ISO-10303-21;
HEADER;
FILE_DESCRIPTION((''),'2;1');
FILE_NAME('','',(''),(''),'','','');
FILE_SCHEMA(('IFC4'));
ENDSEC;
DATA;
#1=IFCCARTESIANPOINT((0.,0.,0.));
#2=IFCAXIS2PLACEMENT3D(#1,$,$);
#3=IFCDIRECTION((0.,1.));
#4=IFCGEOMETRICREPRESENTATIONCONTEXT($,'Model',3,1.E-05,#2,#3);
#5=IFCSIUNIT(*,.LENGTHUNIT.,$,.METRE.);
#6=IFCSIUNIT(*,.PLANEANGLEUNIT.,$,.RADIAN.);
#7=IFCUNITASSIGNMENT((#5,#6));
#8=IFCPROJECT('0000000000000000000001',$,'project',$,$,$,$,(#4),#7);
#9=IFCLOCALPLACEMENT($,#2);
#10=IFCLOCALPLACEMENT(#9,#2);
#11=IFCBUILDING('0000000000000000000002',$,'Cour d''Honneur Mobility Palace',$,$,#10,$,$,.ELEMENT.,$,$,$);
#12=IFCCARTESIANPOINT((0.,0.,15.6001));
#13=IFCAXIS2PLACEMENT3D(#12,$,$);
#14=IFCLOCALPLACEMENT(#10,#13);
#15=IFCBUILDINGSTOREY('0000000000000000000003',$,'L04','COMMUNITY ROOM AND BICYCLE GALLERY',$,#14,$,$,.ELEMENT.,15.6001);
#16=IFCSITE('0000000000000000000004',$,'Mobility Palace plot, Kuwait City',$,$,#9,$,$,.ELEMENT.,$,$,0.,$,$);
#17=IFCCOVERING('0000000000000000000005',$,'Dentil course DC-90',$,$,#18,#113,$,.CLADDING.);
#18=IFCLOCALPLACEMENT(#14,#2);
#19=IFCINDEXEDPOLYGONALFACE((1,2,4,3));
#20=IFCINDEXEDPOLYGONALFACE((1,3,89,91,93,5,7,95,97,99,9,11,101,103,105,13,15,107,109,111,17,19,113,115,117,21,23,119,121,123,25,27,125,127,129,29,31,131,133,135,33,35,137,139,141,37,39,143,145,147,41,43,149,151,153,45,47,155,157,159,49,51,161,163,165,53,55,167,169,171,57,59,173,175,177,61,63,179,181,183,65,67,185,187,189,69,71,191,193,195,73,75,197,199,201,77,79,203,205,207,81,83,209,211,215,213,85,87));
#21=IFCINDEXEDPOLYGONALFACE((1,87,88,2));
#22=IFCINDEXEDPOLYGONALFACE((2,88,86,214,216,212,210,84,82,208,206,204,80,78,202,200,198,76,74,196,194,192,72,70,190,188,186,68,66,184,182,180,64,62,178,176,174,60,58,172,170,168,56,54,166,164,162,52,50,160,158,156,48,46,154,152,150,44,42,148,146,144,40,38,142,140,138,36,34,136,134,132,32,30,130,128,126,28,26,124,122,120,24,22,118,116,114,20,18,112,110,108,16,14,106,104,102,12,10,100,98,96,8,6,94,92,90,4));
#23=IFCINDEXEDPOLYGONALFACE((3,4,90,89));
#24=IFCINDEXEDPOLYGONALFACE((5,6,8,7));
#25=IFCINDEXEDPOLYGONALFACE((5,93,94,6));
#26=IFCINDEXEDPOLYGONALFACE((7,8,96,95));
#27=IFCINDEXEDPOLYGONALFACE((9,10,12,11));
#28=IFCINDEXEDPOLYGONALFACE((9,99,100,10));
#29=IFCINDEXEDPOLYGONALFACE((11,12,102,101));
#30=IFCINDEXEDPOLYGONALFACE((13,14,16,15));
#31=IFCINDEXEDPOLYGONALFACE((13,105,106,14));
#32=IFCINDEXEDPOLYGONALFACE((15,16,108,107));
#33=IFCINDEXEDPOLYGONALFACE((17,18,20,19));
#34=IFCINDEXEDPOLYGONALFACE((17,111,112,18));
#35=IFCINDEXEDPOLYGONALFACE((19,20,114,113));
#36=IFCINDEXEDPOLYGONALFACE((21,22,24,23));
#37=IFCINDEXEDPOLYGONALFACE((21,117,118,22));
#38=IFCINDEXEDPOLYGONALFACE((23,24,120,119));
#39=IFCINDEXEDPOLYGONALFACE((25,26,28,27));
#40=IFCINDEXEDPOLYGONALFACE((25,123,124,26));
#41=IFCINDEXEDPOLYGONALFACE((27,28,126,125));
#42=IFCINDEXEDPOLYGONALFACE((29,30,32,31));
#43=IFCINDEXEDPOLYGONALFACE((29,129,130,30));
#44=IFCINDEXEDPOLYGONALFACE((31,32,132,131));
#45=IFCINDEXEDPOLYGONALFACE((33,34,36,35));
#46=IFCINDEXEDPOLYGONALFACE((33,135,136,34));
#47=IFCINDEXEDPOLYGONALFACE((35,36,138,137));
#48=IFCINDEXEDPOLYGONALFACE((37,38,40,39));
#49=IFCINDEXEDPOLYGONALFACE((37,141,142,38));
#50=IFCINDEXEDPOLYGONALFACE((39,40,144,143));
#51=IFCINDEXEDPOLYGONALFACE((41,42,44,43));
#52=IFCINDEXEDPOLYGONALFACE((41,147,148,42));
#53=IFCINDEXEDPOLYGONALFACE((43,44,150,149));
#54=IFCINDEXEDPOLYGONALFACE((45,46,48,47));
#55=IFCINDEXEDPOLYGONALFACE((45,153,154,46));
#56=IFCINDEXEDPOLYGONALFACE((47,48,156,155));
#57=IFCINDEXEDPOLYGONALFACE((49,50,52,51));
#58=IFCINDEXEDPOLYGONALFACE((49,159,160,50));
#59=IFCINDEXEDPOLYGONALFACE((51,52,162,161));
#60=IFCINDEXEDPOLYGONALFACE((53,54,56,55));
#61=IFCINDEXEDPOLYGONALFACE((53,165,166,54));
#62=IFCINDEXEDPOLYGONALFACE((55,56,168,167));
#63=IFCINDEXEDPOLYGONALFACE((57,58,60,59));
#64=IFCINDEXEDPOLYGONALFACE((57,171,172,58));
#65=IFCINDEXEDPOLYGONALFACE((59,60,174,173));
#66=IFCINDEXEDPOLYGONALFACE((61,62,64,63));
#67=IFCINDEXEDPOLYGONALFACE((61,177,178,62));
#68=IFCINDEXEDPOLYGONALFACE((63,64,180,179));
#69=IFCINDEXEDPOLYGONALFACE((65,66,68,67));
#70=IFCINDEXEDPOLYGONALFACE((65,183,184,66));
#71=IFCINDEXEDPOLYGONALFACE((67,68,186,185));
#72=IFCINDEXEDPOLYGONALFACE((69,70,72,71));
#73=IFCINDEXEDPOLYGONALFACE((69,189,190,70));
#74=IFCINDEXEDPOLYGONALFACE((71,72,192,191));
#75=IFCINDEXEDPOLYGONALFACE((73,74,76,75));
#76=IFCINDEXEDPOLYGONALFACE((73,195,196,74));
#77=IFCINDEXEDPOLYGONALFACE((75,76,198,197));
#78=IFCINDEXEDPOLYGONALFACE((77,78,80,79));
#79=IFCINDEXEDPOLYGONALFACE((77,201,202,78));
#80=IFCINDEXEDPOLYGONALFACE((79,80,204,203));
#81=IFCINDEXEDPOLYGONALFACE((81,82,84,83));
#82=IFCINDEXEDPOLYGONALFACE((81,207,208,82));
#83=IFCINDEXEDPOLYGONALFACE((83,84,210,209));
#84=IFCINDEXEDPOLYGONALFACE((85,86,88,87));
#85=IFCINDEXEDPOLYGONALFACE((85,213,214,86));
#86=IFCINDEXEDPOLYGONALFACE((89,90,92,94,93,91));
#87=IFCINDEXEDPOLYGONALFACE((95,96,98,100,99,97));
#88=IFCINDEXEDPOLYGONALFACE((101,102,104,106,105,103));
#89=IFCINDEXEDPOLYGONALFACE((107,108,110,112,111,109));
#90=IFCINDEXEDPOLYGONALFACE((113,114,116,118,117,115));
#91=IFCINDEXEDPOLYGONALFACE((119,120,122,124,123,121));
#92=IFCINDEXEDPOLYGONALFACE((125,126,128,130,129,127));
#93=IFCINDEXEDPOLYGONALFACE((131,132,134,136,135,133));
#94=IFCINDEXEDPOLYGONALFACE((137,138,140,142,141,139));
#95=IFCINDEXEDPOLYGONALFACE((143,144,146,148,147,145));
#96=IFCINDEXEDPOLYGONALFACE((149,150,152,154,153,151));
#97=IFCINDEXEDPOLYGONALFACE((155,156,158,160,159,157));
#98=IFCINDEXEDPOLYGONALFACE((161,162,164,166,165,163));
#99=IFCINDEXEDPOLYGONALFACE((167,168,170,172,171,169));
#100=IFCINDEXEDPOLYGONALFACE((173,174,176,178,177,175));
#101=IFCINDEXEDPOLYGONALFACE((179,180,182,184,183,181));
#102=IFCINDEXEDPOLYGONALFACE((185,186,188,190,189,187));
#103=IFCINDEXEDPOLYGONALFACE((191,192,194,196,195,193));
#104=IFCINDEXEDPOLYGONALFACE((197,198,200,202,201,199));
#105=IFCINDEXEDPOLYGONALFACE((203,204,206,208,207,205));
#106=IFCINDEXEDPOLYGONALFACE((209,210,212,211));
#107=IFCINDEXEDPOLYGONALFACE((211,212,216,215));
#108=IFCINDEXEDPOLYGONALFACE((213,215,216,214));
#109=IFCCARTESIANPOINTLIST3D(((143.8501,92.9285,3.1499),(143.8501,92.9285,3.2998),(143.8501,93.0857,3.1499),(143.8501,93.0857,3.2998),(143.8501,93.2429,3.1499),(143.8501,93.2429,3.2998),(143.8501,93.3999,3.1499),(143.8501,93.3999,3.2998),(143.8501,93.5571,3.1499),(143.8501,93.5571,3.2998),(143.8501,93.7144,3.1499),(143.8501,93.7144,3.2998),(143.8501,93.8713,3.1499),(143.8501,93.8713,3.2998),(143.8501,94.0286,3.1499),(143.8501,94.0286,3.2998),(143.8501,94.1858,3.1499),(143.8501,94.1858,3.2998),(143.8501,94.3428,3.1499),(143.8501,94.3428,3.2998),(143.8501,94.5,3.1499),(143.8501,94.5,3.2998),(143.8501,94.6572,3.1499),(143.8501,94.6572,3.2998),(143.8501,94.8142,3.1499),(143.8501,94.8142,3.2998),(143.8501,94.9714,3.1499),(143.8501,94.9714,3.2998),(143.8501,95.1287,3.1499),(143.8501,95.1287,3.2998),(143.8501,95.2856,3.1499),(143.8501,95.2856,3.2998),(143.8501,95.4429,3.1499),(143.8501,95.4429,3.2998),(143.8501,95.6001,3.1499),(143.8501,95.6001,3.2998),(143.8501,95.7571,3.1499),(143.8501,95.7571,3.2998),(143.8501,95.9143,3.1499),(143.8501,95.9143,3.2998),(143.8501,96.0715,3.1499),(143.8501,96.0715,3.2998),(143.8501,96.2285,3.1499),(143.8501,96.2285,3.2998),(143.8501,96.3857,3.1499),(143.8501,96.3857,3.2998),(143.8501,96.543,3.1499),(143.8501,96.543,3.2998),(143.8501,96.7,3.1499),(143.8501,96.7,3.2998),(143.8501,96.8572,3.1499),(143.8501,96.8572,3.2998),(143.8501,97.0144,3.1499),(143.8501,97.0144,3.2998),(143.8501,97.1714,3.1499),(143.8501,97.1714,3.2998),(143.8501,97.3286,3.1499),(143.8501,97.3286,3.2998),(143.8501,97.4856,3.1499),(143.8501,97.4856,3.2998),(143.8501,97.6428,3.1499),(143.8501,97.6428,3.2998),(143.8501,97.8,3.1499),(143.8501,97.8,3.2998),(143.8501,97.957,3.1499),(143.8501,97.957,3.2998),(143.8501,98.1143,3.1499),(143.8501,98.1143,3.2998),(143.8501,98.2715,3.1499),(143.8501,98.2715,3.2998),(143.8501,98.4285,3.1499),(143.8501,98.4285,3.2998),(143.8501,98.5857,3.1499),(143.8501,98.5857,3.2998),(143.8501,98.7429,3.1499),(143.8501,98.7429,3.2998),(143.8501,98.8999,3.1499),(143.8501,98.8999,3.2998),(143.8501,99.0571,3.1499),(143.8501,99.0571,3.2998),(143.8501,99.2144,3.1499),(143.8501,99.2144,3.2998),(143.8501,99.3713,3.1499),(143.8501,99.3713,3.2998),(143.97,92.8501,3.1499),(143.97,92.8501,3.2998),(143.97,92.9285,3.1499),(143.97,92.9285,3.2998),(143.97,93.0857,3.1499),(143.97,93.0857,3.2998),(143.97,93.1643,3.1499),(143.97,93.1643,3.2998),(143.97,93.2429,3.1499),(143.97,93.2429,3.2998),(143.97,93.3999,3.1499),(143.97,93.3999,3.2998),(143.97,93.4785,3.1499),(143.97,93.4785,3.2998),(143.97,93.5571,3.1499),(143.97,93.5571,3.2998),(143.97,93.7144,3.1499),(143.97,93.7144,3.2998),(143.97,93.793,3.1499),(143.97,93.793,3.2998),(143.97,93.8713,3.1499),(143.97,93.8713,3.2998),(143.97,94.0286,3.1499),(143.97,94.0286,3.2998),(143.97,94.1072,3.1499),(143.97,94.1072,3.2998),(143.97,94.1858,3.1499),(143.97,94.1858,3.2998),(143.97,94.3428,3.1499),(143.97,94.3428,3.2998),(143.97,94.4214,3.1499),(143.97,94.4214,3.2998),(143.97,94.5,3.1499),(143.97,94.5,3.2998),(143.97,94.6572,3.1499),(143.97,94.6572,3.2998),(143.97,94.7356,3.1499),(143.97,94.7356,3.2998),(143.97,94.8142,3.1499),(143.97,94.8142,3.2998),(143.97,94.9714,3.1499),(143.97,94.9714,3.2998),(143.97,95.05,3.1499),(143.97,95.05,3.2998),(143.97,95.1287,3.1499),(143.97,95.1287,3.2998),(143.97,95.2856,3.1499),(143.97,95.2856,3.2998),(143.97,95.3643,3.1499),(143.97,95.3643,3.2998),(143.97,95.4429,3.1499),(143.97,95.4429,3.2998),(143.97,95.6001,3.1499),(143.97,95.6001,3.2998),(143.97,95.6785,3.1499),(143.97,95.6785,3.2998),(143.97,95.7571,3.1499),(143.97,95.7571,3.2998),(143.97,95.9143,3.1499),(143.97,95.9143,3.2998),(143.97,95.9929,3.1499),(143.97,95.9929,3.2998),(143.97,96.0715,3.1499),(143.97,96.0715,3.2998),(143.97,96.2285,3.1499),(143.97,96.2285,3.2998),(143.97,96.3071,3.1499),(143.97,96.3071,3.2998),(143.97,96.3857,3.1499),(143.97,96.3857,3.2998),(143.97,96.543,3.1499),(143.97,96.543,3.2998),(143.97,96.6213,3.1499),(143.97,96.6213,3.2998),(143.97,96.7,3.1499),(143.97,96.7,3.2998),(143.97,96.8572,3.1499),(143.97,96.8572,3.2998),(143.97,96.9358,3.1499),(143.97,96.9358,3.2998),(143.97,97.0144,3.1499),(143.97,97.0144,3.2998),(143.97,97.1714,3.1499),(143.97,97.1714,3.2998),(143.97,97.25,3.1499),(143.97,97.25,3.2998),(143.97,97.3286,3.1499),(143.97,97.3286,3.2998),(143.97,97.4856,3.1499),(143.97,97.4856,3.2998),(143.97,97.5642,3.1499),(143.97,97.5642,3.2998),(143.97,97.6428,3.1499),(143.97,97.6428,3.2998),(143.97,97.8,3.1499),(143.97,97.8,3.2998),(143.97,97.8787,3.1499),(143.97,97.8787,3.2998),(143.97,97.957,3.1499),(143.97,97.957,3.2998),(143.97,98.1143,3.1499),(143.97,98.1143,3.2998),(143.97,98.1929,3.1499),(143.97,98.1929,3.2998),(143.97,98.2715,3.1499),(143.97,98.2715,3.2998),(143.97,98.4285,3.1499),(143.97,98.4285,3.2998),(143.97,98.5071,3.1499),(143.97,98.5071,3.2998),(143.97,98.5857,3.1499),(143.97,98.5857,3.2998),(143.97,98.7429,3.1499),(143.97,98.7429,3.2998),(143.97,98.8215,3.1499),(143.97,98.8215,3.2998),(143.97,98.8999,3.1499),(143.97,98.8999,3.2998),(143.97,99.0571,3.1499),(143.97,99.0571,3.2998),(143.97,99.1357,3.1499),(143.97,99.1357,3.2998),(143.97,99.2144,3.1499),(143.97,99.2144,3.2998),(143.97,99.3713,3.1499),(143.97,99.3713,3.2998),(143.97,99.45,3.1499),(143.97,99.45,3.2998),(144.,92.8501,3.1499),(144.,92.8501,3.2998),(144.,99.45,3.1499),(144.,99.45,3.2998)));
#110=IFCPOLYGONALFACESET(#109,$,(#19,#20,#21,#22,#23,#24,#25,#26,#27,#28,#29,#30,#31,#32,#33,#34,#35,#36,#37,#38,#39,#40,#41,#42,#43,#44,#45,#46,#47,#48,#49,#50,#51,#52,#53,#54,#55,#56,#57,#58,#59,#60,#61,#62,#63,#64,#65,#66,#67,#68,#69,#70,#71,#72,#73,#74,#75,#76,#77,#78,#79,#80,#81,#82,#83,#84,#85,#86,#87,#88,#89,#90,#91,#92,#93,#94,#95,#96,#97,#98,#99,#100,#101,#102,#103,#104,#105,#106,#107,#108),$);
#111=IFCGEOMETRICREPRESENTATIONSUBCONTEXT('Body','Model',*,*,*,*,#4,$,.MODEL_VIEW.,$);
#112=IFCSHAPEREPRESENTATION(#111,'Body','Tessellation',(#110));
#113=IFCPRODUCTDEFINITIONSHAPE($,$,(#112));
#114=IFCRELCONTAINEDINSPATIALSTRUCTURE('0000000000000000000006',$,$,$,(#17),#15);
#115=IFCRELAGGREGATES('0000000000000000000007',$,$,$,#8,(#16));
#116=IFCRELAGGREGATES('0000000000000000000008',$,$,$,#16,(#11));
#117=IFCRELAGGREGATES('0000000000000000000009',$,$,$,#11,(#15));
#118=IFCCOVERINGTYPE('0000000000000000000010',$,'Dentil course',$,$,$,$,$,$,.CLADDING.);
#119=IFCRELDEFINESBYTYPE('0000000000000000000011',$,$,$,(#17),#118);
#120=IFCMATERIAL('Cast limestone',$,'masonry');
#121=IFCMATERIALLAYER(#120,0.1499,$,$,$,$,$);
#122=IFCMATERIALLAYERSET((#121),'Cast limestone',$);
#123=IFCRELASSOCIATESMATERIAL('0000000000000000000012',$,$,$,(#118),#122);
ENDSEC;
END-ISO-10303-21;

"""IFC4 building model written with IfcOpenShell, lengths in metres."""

from ifc_helpers import new_model, si_unit, direction, frame, origin, place, context, subcontext, project, spatial, polyline, outline, extrude, material, layer, layer_set, type_object, element, save


model = new_model("IFC4")

# Units and contexts
model_context = context("Model", 3, precision=1e-05, world=origin(), true_north=direction((0.0, 1.0)))
body_context = subcontext(model_context, "Body", "Model", "MODEL_VIEW")
ifc_project = project(units=[si_unit("LENGTHUNIT", "METRE"), si_unit("PLANEANGLEUNIT", "RADIAN")], contexts=[model_context])

# Site, building, storey
site_placement = place(None, origin())
site = spatial("IfcSite", under=ifc_project, at=site_placement, Name="Mobility Palace plot, Kuwait City", CompositionType="ELEMENT", RefElevation=0.0)
building_placement = place(site_placement, origin())
building = spatial("IfcBuilding", under=site, at=building_placement, Name="Cour d'Honneur Mobility Palace", CompositionType="ELEMENT")
storey_placement = place(building_placement, frame((0.0, 0.0, 15.6001)))
storey = spatial("IfcBuildingStorey", under=building, at=storey_placement, Name="L04", Description="COMMUNITY ROOM AND BICYCLE GALLERY", CompositionType="ELEMENT", Elevation=15.6001)

# Covering
ifc_material = material(Name="Cast limestone", Category="masonry")
ifc_layer = layer(ifc_material, 0.1499)
ifc_layer_set = layer_set([ifc_layer], Name="Cast limestone")
covering_type = type_object("IfcCoveringType", Name="Dentil course", PredefinedType="CLADDING", material=ifc_layer_set)
covering_1_placement = place(storey_placement, frame((0.0, 0.0, 3.1499)))
element("IfcCovering", 1, at=covering_1_placement, inside=storey, type_object=covering_type, Name="Dentil course DC-90", PredefinedType="CLADDING", context=body_context, shape_type="SweptSolid", body=[
    extrude(outline(polyline([(144.0, 99.45), (144.0, 92.8501), (143.97, 92.8501), (143.97, 92.8501), (143.97, 92.9285), (143.8501, 92.9285), (143.8501, 93.0857), (143.97, 93.0857), (143.97, 93.1643), (143.97, 93.1643), (143.97, 93.2429), (143.8501, 93.2429), (143.8501, 93.3999), (143.97, 93.3999), (143.97, 93.4785), (143.97, 93.4785), (143.97, 93.5571), (143.8501, 93.5571), (143.8501, 93.7144), (143.97, 93.7144), (143.97, 93.793), (143.97, 93.793), (143.97, 93.8713), (143.8501, 93.8713), (143.8501, 94.0286), (143.97, 94.0286), (143.97, 94.1072), (143.97, 94.1072), (143.97, 94.1858), (143.8501, 94.1858), (143.8501, 94.3428), (143.97, 94.3428), (143.97, 94.4214), (143.97, 94.4214), (143.97, 94.5), (143.8501, 94.5), (143.8501, 94.6572), (143.97, 94.6572), (143.97, 94.7356), (143.97, 94.7356), (143.97, 94.8142), (143.8501, 94.8142), (143.8501, 94.9714), (143.97, 94.9714), (143.97, 95.05), (143.97, 95.05), (143.97, 95.1287), (143.8501, 95.1287), (143.8501, 95.2856), (143.97, 95.2856), (143.97, 95.3643), (143.97, 95.3643), (143.97, 95.4429), (143.8501, 95.4429), (143.8501, 95.6001), (143.97, 95.6001), (143.97, 95.6785), (143.97, 95.6785), (143.97, 95.7571), (143.8501, 95.7571), (143.8501, 95.9143), (143.97, 95.9143), (143.97, 95.9929), (143.97, 95.9929), (143.97, 96.0715), (143.8501, 96.0715), (143.8501, 96.2285), (143.97, 96.2285), (143.97, 96.3071), (143.97, 96.3071), (143.97, 96.3857), (143.8501, 96.3857), (143.8501, 96.543), (143.97, 96.543), (143.97, 96.6213), (143.97, 96.6213), (143.97, 96.7), (143.8501, 96.7), (143.8501, 96.8572), (143.97, 96.8572), (143.97, 96.9358), (143.97, 96.9358), (143.97, 97.0144), (143.8501, 97.0144), (143.8501, 97.1714), (143.97, 97.1714), (143.97, 97.25), (143.97, 97.25), (143.97, 97.3286), (143.8501, 97.3286), (143.8501, 97.4856), (143.97, 97.4856), (143.97, 97.5642), (143.97, 97.5642), (143.97, 97.6428), (143.8501, 97.6428), (143.8501, 97.8), (143.97, 97.8), (143.97, 97.8787), (143.97, 97.8787), (143.97, 97.957), (143.8501, 97.957), (143.8501, 98.1143), (143.97, 98.1143), (143.97, 98.1929), (143.97, 98.1929), (143.97, 98.2715), (143.8501, 98.2715), (143.8501, 98.4285), (143.97, 98.4285), (143.97, 98.5071), (143.97, 98.5071), (143.97, 98.5857), (143.8501, 98.5857), (143.8501, 98.7429), (143.97, 98.7429), (143.97, 98.8215), (143.97, 98.8215), (143.97, 98.8999), (143.8501, 98.8999), (143.8501, 99.0571), (143.97, 99.0571), (143.97, 99.1357), (143.97, 99.1357), (143.97, 99.2144), (143.8501, 99.2144), (143.8501, 99.3713), (143.97, 99.3713), (143.97, 99.45), (144.0, 99.45)])), origin(), (0.0, 0.0, 1.0), 0.1499),
])

save(model, "model.ifc")
